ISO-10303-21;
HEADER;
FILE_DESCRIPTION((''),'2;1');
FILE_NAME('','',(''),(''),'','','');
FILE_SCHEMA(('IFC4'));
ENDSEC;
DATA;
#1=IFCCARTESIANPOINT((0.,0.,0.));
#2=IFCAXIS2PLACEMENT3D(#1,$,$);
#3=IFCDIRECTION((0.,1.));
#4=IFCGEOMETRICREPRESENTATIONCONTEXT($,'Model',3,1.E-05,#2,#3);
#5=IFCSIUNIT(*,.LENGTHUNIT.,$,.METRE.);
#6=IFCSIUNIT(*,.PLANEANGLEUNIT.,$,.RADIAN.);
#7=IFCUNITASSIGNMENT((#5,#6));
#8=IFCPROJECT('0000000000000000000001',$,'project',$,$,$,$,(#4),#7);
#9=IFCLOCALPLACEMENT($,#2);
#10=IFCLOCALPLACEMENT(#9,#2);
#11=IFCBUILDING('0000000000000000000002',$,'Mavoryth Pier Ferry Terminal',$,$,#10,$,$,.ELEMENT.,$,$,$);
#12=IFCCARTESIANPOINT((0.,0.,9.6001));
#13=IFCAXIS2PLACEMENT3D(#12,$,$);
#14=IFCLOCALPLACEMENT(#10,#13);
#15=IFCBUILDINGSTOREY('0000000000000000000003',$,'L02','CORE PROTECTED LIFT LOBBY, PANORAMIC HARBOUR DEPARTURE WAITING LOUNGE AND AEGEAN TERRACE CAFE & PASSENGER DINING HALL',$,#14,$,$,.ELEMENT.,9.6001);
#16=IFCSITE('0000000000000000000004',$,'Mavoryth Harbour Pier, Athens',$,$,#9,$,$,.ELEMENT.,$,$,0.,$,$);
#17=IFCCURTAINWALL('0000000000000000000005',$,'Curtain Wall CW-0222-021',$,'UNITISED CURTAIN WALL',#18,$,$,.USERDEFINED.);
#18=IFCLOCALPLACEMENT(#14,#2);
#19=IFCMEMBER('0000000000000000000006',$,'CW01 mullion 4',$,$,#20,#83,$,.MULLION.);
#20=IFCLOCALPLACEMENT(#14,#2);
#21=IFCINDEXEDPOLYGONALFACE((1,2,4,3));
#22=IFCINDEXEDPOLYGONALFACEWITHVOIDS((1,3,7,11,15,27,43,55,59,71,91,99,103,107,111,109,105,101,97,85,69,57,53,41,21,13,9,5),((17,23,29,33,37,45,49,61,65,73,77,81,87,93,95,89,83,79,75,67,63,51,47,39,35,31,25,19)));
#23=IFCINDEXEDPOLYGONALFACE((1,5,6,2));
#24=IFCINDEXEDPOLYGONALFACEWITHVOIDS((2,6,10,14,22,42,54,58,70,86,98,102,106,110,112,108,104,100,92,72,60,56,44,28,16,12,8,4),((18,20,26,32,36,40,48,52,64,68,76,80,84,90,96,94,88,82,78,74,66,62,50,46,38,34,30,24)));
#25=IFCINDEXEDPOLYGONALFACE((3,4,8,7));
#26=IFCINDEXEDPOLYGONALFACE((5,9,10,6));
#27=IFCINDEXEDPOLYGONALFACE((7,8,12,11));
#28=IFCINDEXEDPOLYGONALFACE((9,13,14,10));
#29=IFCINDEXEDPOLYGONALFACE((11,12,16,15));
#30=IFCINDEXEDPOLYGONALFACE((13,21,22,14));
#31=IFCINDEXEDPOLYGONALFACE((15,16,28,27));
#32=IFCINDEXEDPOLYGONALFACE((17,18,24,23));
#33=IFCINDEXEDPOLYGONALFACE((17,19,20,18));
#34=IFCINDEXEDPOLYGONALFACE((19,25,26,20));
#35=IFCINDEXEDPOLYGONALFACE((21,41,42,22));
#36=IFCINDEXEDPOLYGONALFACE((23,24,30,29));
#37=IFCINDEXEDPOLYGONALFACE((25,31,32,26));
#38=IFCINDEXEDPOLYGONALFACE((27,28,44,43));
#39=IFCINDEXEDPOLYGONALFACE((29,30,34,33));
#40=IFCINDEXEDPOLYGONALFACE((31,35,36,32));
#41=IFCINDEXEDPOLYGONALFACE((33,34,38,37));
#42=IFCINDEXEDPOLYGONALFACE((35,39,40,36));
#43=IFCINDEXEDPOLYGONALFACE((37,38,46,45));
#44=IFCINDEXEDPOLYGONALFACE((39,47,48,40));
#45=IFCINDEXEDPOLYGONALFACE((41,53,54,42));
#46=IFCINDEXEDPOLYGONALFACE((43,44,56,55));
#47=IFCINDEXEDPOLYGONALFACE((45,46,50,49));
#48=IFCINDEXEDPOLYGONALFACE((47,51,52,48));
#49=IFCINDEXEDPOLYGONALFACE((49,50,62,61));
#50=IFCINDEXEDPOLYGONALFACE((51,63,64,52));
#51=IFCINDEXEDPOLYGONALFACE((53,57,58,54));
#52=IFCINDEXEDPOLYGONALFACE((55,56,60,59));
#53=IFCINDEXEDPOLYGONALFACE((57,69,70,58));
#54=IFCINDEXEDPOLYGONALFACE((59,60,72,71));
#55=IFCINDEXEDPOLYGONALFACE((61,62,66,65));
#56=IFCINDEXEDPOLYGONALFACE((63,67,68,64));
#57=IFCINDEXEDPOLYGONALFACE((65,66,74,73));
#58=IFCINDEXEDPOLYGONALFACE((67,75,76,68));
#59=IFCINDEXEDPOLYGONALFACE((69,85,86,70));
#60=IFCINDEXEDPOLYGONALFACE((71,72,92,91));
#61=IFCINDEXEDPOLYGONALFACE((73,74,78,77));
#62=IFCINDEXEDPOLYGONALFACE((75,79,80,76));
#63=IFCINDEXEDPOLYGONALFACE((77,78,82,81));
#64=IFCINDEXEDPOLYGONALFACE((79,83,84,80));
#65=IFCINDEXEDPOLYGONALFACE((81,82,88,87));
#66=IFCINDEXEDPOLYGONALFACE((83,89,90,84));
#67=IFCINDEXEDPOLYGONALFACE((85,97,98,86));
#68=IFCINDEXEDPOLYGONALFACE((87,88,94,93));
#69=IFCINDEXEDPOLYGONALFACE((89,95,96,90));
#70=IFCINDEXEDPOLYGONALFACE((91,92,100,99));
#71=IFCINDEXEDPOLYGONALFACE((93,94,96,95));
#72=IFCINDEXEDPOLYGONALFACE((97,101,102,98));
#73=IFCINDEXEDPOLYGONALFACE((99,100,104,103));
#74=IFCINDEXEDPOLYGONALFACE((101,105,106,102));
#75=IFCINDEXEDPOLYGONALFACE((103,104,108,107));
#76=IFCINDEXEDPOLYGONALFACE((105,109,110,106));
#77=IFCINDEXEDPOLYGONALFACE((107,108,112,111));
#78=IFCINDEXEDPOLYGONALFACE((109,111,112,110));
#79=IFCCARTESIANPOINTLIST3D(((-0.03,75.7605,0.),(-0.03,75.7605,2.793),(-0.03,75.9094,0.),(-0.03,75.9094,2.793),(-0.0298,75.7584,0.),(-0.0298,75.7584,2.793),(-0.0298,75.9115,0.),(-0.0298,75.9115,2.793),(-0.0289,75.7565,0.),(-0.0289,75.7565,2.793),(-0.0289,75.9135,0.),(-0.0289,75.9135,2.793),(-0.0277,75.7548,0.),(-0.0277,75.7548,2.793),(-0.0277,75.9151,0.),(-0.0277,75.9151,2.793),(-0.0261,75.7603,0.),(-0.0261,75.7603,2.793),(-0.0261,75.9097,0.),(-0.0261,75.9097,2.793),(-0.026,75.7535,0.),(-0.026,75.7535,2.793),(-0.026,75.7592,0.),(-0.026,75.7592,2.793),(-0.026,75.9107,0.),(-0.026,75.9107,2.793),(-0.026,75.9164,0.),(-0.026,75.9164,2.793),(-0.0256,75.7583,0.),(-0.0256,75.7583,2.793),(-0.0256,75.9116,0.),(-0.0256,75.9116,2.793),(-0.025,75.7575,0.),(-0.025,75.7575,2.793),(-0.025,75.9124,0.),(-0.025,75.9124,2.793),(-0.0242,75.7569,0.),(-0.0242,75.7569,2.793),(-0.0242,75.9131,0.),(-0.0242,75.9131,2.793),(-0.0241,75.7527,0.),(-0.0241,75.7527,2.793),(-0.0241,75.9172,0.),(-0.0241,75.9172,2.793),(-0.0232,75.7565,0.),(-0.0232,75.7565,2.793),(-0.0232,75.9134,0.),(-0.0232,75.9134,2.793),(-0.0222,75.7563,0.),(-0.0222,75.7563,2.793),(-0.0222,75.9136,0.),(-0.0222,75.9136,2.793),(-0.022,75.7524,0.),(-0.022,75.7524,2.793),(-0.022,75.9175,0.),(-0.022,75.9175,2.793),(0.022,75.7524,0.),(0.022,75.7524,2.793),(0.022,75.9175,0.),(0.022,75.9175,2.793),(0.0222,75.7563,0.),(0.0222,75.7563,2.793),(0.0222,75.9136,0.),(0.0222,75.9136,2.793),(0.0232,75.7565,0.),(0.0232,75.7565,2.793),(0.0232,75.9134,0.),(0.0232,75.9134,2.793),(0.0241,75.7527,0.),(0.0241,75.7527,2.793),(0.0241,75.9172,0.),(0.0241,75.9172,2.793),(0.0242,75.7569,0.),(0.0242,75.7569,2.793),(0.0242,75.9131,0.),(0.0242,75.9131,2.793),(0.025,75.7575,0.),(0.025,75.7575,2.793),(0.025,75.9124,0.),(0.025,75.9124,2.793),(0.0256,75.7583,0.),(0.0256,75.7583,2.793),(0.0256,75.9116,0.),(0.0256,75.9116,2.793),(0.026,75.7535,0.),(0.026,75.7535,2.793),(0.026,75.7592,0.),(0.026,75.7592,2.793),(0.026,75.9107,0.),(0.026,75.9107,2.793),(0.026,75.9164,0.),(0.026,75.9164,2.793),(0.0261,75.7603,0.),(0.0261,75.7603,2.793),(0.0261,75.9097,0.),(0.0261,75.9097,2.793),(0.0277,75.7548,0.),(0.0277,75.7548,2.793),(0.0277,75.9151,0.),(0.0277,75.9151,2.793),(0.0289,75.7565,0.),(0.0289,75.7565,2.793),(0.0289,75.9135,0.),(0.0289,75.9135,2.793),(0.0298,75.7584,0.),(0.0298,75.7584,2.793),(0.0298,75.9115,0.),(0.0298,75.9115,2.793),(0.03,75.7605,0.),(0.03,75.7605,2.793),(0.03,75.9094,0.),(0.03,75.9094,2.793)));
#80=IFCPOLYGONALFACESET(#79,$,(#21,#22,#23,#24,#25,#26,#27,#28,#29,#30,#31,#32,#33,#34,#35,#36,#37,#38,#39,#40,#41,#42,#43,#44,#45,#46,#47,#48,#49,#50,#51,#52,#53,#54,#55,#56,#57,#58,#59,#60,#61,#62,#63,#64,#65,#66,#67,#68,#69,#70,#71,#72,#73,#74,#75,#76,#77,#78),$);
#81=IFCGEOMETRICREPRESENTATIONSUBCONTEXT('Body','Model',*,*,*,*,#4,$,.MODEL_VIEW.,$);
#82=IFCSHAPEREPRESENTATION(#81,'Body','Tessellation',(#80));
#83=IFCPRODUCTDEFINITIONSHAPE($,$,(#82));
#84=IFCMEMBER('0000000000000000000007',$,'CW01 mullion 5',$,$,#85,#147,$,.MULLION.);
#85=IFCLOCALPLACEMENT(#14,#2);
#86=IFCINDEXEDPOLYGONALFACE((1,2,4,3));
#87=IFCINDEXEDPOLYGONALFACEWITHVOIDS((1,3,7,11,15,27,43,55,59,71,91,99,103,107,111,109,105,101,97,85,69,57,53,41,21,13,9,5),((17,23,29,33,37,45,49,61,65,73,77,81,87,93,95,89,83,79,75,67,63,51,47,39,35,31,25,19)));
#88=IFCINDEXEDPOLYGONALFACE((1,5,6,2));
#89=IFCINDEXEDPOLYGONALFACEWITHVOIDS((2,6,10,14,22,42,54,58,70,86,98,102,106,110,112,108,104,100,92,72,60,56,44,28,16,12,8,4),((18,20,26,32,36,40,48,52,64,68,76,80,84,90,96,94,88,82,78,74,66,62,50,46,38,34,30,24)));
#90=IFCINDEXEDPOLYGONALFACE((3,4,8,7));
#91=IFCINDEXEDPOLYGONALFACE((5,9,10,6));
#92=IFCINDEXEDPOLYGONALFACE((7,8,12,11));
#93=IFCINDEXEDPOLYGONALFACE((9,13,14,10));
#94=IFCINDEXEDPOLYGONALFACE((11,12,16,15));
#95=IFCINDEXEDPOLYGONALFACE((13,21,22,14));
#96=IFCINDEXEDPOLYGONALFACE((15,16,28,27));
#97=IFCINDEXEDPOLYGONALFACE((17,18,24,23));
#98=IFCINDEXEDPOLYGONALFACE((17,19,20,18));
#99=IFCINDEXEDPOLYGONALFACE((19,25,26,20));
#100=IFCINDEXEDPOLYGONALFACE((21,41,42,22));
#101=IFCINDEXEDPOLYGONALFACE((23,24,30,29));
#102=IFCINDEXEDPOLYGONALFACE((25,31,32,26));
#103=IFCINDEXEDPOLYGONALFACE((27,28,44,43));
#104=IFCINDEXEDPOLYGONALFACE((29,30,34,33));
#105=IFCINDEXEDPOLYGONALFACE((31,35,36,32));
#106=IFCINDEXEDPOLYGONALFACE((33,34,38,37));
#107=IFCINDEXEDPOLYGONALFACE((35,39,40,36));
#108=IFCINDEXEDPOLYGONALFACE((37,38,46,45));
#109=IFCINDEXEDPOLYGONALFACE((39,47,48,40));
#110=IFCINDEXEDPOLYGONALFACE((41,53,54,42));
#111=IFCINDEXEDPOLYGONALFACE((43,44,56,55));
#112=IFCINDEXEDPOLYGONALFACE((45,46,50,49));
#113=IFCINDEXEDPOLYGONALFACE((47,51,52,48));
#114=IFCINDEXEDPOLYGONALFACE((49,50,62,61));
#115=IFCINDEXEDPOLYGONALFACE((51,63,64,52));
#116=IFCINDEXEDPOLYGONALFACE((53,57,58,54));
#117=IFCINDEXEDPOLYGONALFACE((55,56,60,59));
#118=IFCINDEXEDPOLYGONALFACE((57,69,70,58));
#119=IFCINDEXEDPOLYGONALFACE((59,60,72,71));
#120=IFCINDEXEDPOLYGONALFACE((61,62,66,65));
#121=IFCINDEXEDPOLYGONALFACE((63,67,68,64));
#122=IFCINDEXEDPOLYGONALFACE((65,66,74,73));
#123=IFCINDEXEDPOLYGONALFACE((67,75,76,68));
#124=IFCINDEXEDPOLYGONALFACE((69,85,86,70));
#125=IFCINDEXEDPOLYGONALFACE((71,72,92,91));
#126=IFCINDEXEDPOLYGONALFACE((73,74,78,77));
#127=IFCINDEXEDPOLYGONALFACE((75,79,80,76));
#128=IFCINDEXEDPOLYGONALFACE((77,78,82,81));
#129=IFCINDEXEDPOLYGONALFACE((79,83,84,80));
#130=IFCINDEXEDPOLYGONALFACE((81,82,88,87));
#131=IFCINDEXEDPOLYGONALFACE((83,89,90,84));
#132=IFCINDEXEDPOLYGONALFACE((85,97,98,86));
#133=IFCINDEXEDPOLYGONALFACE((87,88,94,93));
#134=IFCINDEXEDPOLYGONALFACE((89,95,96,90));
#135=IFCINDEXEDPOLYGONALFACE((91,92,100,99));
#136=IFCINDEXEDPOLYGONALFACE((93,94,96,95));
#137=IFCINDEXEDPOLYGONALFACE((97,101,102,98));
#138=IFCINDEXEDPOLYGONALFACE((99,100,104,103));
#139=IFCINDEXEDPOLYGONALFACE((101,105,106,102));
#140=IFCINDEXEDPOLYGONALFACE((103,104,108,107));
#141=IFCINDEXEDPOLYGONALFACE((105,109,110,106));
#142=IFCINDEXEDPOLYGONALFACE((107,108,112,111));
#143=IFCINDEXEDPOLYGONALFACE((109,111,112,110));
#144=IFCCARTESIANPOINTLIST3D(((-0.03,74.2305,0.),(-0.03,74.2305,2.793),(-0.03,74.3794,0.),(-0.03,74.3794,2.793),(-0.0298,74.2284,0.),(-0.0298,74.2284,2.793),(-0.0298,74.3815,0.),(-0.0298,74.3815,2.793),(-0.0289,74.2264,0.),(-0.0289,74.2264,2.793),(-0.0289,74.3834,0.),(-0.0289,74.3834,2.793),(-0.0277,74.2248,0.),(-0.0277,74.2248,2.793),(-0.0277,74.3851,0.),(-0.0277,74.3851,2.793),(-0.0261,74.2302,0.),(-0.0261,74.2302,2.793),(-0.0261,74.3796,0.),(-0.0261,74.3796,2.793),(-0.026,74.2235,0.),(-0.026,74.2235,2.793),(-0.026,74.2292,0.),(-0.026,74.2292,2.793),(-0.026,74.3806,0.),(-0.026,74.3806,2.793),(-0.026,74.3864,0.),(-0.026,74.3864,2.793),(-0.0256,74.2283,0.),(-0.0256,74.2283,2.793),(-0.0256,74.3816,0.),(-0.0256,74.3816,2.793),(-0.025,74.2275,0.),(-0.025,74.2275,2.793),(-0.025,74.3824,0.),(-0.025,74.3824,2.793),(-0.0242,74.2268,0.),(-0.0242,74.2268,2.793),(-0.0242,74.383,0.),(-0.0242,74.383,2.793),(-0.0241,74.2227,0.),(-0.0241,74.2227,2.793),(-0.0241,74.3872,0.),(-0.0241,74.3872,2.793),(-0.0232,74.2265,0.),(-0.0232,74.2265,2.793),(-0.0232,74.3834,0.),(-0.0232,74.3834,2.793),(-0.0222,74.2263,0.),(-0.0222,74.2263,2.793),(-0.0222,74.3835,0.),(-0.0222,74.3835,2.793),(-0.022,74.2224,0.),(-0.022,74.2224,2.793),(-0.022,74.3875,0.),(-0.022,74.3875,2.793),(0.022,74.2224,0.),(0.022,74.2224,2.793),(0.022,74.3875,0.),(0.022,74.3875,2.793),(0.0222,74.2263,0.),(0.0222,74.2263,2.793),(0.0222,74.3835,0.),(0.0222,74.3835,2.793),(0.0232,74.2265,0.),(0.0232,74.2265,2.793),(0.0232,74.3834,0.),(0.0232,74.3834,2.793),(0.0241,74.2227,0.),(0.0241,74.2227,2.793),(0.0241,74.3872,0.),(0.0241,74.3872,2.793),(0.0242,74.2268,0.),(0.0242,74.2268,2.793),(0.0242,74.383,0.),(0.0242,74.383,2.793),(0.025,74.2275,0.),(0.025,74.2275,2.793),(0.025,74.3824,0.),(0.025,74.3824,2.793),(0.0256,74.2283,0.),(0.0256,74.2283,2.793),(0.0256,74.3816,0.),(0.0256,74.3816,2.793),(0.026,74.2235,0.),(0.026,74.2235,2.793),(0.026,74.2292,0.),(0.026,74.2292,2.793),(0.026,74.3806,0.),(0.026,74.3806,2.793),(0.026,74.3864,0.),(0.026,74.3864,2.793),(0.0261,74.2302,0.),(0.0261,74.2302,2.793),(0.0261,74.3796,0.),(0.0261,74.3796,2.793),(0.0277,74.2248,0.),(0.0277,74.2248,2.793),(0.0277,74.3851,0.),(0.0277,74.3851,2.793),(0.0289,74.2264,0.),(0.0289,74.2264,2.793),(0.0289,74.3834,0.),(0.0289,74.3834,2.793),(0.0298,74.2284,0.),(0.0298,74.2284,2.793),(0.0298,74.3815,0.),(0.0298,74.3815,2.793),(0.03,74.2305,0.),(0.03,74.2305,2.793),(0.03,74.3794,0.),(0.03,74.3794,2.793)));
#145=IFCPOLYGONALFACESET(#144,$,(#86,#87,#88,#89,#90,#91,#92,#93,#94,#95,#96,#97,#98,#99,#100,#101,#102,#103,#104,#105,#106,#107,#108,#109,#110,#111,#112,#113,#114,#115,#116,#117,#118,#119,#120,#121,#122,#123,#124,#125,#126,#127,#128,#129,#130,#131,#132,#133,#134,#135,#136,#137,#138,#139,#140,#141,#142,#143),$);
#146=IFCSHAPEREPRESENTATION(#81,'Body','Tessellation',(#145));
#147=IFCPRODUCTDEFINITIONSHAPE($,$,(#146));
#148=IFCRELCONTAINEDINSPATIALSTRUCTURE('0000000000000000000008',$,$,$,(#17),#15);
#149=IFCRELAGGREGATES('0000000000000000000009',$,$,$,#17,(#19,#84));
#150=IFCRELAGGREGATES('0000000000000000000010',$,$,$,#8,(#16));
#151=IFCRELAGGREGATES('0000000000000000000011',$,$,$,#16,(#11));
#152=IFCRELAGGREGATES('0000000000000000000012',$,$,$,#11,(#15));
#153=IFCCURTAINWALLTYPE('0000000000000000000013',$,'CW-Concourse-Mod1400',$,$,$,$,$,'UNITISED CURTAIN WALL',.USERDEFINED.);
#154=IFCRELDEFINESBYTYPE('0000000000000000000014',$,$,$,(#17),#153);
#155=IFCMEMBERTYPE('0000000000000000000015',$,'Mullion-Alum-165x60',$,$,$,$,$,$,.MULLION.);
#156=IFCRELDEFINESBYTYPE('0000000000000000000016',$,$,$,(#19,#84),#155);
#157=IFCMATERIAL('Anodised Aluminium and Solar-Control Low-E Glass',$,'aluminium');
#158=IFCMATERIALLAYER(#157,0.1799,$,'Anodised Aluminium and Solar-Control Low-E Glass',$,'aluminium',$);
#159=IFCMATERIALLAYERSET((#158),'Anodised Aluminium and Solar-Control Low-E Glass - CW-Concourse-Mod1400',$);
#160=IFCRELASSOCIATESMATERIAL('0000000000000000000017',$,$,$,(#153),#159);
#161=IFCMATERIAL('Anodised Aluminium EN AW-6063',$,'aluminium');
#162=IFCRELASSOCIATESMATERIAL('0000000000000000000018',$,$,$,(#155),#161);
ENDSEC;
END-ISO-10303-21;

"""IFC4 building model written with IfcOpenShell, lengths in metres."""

from ifc_helpers import new_model, si_unit, direction, frame, origin, origin_2d, place, context, subcontext, project, spatial, hollow_rectangle, extrude, material, layer, layer_set, material_profile, profile_set, type_object, element, aggregate, save


model = new_model("IFC4")

# Units and contexts
model_context = context("Model", 3, precision=1e-05, world=origin(), true_north=direction((0.0, 1.0)))
body_context = subcontext(model_context, "Body", "Model", "MODEL_VIEW")
ifc_project = project(units=[si_unit("LENGTHUNIT", "METRE"), si_unit("PLANEANGLEUNIT", "RADIAN")], contexts=[model_context])

# Site, building, storey
site_placement = place(None, origin())
site = spatial("IfcSite", under=ifc_project, at=site_placement, Name="Mavoryth Harbour Pier, Athens", CompositionType="ELEMENT", RefElevation=0.0)
building_placement = place(site_placement, origin())
building = spatial("IfcBuilding", under=site, at=building_placement, Name="Mavoryth Pier Ferry Terminal", CompositionType="ELEMENT")
storey_placement = place(building_placement, frame((0.0, 0.0, 9.6001)))
storey = spatial("IfcBuildingStorey", under=building, at=storey_placement, Name="L02", Description="CORE PROTECTED LIFT LOBBY, PANORAMIC HARBOUR DEPARTURE WAITING LOUNGE AND AEGEAN TERRACE CAFE & PASSENGER DINING HALL", CompositionType="ELEMENT", Elevation=9.6001)

# Curtain wall, members
ifc_material_1 = material(Name="Anodised Aluminium and Solar-Control Low-E Glass", Category="aluminium")
ifc_layer_1 = layer(ifc_material_1, 0.1799, Name="Anodised Aluminium and Solar-Control Low-E Glass", Category="aluminium")
ifc_layer_set_1 = layer_set([ifc_layer_1], Name="Anodised Aluminium and Solar-Control Low-E Glass - CW-Concourse-Mod1400")
curtain_wall_type = type_object("IfcCurtainWallType", Name="CW-Concourse-Mod1400", ElementType="UNITISED CURTAIN WALL", PredefinedType="USERDEFINED", material=ifc_layer_set_1)
curtain_wall_placement = place(storey_placement, origin())
curtain_wall = element("IfcCurtainWall", 1, at=curtain_wall_placement, inside=storey, type_object=curtain_wall_type, Name="Curtain Wall CW-0222-021", ObjectType="UNITISED CURTAIN WALL", PredefinedType="USERDEFINED")
ifc_material_2 = material(Name="Anodised Aluminium EN AW-6063", Category="aluminium")
ifc_material_profile_1 = material_profile(ifc_material_2, hollow_rectangle(XDim=0.0601, YDim=0.165, WallThickness=0.0039, InnerFilletRadius=0.0039, OuterFilletRadius=0.0081, at=origin_2d()), Name="AL-MULL 165x60x4", Category="aluminium")
ifc_profile_set_1 = profile_set([ifc_material_profile_1], Name="Anodised Aluminium EN AW-6063 - AL-MULL 165x60x4")
member_type_1 = type_object("IfcMemberType", Name="Mullion-Alum-165x60", PredefinedType="MULLION", material=ifc_profile_set_1)
member_1_placement = place(storey_placement, frame((0.0, 75.835, 0.0), z_axis=(0.0, 0.0, 1.0), x_axis=(1.0, 0.0, 0.0)))
member_1 = element("IfcMember", 2, at=member_1_placement, type_object=member_type_1, Name="CW01 mullion 4", PredefinedType="MULLION", context=body_context, shape_type="SweptSolid", body=[
    extrude(hollow_rectangle(XDim=0.0601, YDim=0.165, WallThickness=0.0039, InnerFilletRadius=0.0039, OuterFilletRadius=0.0081, at=origin_2d()), origin(), (0.0, 0.0, 1.0), 2.793),
])
member_2_placement = place(storey_placement, frame((0.0, 74.3049, 0.0), z_axis=(0.0, 0.0, 1.0), x_axis=(1.0, 0.0, 0.0)))
member_2 = element("IfcMember", 3, at=member_2_placement, type_object=member_type_1, Name="CW01 mullion 5", PredefinedType="MULLION", context=body_context, shape_type="SweptSolid", body=[
    extrude(hollow_rectangle(XDim=0.0601, YDim=0.165, WallThickness=0.0039, InnerFilletRadius=0.0039, OuterFilletRadius=0.0081, at=origin_2d()), origin(), (0.0, 0.0, 1.0), 2.793),
])

aggregate(curtain_wall, [member_1, member_2])

save(model, "model.ifc")
